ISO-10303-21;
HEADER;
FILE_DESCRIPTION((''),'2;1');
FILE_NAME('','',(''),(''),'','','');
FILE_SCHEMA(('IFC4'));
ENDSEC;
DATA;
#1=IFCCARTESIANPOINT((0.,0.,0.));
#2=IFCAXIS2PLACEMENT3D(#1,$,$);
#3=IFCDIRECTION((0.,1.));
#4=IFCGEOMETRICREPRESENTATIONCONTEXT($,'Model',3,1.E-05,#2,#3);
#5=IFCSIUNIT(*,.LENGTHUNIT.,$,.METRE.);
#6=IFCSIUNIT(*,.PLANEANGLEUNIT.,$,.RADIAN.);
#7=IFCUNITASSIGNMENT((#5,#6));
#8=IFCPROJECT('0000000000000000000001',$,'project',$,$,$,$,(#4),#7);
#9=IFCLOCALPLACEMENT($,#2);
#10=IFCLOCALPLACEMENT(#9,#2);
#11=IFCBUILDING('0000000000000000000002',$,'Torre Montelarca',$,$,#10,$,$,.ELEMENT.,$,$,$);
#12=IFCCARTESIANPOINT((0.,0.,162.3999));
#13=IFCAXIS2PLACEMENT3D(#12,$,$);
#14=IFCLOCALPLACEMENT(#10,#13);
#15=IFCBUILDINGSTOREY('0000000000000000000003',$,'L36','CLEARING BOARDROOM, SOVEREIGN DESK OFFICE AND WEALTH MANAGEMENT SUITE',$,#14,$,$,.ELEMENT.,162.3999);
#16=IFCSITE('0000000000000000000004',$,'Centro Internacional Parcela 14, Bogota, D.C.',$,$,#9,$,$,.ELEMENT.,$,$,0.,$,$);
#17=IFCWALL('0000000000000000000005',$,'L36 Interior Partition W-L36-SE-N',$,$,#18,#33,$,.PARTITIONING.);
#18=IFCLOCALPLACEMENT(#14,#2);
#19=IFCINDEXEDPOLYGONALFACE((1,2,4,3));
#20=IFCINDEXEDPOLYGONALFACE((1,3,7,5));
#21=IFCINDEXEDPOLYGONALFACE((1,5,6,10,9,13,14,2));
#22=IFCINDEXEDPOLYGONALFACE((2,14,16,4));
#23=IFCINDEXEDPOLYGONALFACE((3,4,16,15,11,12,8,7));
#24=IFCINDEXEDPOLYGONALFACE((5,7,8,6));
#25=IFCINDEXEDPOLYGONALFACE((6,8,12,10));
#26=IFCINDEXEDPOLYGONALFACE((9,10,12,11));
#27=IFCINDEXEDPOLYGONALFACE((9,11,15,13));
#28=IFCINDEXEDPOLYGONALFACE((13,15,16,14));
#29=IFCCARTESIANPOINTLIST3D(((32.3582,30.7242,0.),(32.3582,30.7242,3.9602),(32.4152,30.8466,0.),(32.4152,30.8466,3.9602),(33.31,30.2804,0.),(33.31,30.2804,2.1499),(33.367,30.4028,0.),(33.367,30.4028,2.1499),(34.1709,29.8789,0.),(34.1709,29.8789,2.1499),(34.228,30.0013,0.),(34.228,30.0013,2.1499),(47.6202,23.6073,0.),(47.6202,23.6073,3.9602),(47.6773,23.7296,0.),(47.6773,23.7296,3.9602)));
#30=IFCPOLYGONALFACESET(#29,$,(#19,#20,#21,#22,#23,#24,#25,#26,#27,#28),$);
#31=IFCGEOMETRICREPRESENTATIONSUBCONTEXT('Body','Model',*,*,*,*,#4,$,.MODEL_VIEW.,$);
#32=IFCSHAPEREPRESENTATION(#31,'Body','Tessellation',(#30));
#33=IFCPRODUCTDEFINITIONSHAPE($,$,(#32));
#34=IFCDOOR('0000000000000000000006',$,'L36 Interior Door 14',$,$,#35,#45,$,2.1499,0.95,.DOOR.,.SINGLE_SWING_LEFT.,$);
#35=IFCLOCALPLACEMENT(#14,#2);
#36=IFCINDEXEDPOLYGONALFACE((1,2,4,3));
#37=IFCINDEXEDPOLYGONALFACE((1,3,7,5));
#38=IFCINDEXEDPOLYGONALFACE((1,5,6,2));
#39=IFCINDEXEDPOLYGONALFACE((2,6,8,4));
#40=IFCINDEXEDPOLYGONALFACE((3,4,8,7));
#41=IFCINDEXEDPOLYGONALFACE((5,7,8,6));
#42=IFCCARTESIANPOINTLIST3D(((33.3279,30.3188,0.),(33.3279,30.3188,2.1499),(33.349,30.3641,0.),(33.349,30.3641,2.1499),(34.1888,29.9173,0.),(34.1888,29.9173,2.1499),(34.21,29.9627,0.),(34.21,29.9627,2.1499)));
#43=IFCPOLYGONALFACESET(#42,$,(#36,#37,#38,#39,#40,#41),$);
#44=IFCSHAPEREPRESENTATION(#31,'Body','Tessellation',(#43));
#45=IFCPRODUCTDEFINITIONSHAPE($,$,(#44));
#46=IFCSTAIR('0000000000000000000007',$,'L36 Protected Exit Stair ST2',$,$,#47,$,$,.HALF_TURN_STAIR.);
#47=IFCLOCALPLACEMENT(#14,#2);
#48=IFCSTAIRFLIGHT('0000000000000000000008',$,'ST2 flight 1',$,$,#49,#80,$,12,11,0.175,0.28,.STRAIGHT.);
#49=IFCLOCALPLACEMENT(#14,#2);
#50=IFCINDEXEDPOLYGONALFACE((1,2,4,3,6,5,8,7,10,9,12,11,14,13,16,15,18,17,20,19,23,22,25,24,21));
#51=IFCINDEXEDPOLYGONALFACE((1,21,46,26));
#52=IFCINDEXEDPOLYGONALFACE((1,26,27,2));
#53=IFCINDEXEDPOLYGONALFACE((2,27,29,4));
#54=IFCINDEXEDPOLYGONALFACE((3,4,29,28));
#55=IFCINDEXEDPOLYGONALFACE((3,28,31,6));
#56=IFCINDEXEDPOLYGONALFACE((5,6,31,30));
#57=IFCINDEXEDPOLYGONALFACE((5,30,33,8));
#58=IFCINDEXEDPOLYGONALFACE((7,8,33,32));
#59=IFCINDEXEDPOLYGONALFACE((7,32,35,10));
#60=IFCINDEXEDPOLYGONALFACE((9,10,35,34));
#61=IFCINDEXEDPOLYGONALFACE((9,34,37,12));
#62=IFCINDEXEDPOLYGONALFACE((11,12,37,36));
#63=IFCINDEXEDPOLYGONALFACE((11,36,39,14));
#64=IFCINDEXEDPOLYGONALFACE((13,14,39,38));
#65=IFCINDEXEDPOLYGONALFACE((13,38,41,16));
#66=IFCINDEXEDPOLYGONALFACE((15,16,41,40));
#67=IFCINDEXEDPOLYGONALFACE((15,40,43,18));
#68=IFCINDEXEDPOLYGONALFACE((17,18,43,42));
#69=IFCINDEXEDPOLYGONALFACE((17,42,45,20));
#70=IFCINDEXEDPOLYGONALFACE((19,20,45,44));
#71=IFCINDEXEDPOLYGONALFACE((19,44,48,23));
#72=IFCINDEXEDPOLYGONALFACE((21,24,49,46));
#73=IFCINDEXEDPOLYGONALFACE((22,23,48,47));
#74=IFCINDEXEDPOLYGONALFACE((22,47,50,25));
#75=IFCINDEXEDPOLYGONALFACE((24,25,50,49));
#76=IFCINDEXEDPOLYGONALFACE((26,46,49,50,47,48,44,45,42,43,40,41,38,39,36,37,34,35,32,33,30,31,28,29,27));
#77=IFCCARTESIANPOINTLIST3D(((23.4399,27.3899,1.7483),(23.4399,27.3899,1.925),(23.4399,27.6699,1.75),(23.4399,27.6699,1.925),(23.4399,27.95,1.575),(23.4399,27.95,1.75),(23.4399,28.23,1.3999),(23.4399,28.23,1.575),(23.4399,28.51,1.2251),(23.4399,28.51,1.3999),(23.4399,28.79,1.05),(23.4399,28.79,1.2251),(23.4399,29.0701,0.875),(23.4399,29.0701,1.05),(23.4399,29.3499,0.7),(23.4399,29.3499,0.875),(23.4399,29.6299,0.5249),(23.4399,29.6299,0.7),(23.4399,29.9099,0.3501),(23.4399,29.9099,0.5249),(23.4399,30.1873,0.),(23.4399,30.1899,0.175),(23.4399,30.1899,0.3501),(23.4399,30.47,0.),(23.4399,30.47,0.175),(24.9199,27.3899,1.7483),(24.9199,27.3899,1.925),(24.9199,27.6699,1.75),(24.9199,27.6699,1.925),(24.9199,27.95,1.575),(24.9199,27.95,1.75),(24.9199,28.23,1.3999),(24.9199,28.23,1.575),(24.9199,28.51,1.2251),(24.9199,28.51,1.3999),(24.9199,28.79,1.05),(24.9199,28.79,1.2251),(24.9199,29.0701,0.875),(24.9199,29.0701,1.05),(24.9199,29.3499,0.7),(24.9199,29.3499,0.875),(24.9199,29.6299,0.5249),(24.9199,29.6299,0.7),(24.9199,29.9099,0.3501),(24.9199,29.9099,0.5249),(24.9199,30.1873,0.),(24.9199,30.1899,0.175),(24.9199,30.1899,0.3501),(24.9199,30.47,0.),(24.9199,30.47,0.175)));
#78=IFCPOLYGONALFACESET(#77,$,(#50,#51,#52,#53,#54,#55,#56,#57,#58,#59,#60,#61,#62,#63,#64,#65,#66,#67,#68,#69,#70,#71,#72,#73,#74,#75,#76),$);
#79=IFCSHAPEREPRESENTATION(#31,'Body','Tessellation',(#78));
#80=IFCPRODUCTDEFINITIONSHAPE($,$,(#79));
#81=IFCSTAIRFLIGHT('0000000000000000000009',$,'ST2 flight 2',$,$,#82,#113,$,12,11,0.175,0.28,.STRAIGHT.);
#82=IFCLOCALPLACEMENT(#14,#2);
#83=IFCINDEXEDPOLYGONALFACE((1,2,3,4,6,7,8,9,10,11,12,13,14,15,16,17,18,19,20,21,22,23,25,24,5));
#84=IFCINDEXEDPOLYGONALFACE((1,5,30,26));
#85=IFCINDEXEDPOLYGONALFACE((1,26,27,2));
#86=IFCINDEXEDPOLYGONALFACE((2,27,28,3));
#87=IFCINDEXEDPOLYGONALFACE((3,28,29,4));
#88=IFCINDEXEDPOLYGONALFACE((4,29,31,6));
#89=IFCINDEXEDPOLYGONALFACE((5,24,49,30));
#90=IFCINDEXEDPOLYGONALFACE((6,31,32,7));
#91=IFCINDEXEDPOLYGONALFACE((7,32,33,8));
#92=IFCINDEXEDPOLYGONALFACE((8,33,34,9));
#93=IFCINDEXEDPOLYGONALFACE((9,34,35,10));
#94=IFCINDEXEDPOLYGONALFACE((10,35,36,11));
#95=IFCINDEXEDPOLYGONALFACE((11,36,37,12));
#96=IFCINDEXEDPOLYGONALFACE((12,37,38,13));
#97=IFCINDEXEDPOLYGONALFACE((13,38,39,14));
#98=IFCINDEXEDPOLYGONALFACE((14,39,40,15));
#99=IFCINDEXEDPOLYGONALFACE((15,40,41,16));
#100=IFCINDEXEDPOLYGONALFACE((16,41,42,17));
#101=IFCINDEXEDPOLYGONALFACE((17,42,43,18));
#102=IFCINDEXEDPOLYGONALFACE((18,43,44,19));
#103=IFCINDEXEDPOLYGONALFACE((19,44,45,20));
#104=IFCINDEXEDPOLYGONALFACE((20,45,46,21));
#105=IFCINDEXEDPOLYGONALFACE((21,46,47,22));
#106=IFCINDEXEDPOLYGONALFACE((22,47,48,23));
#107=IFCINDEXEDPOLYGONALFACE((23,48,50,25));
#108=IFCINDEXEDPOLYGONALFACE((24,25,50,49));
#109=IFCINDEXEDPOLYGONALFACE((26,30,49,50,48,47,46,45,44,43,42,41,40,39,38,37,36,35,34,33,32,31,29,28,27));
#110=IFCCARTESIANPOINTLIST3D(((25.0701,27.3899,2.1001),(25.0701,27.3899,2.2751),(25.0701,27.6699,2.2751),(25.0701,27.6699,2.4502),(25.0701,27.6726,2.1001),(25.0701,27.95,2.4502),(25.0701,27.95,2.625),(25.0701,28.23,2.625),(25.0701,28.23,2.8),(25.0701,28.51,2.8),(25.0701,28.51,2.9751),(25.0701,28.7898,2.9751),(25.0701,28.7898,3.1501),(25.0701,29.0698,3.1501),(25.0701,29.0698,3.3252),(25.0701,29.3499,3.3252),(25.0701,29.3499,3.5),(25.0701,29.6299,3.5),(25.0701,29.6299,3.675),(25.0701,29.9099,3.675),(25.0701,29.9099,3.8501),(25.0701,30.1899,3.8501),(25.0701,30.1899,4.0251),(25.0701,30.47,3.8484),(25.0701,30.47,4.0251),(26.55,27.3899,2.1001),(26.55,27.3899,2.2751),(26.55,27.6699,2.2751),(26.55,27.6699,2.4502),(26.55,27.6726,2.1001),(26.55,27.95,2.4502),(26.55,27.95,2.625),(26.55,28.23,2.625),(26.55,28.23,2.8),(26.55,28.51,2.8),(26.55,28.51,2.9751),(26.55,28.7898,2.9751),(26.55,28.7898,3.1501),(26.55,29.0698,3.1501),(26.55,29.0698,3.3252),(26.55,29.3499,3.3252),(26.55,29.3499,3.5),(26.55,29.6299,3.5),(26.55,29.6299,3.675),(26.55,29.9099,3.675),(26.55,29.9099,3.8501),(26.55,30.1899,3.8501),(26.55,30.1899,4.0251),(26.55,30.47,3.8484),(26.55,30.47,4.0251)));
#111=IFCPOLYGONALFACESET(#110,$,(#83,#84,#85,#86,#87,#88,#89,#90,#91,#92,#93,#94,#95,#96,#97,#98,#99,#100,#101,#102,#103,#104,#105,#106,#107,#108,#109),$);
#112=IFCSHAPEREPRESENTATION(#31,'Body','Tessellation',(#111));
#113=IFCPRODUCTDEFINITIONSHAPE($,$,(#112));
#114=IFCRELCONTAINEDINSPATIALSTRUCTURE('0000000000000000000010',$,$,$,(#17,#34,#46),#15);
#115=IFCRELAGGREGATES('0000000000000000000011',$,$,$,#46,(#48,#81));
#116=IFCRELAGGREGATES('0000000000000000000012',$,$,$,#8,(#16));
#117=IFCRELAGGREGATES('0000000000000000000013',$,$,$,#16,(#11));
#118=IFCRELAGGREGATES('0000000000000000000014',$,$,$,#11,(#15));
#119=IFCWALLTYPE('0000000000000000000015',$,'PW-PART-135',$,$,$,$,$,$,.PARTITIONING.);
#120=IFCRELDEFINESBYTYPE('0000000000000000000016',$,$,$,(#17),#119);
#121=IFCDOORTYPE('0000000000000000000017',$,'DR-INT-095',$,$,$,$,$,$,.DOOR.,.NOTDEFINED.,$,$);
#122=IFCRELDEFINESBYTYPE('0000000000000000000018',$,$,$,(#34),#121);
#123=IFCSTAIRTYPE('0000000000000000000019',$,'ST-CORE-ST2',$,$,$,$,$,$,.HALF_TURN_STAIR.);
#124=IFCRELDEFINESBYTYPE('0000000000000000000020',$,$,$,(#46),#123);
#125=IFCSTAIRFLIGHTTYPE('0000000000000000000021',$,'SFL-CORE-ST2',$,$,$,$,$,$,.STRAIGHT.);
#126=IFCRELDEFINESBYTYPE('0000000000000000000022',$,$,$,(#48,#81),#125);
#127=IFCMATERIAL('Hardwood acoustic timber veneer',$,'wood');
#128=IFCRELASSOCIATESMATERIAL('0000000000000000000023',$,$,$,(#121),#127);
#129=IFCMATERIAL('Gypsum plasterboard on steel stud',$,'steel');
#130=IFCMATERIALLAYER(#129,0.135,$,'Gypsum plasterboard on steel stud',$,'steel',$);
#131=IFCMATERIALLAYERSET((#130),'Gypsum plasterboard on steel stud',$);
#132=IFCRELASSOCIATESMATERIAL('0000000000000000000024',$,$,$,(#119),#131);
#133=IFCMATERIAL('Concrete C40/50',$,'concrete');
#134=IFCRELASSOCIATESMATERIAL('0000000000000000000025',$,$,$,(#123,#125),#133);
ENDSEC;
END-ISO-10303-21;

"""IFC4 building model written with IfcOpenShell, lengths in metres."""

from ifc_helpers import new_model, si_unit, direction, frame, frame_2d, origin, place, context, subcontext, project, spatial, polyline, rectangle, outline, extrude, source, transform, mapped, material, layer, layer_set, type_object, element, fill, aggregate, save


model = new_model("IFC4")

# Units and contexts
model_context = context("Model", 3, precision=1e-05, world=origin(), true_north=direction((0.0, 1.0)))
body_context = subcontext(model_context, "Body", "Model", "MODEL_VIEW")
ifc_project = project(units=[si_unit("LENGTHUNIT", "METRE"), si_unit("PLANEANGLEUNIT", "RADIAN")], contexts=[model_context])

# Site, building, storey
site_placement = place(None, origin())
site = spatial("IfcSite", under=ifc_project, at=site_placement, Name="Centro Internacional Parcela 14, Bogota, D.C.", CompositionType="ELEMENT", RefElevation=0.0)
building_placement = place(site_placement, origin())
building = spatial("IfcBuilding", under=site, at=building_placement, Name="Torre Montelarca", CompositionType="ELEMENT")
storey_placement = place(building_placement, frame((0.0, 0.0, 162.3999)))
storey = spatial("IfcBuildingStorey", under=building, at=storey_placement, Name="L36", Description="CLEARING BOARDROOM, SOVEREIGN DESK OFFICE AND WEALTH MANAGEMENT SUITE", CompositionType="ELEMENT", Elevation=162.3999)

# Shared definitions
ifc_material_1 = material(Name="Concrete C40/50", Category="concrete")

# Shared definitions
ifc_material_2 = material(Name="Gypsum plasterboard on steel stud", Category="steel")

# Shared definitions
ifc_material_3 = material(Name="Hardwood acoustic timber veneer", Category="wood")
door_type_1 = type_object("IfcDoorType", Name="DR-INT-095", OperationType="NOTDEFINED", PredefinedType="DOOR", material=ifc_material_3)
shared_shape_1 = source(origin(), body_context, "Body", "SweptSolid", [
    extrude(rectangle(XDim=0.95, YDim=2.1499, at=frame_2d((0.4751, 1.075))), frame((0.0, 0.0249, 0.0), z_axis=(0.0, -1.0, 0.0), x_axis=(1.0, 0.0, 0.0)), (0.0, 0.0, 1.0), 0.05),
])

# Wall, opening, door
ifc_layer_1 = layer(ifc_material_2, 0.135, Name="Gypsum plasterboard on steel stud", Category="steel")
ifc_layer_set_1 = layer_set([ifc_layer_1], Name="Gypsum plasterboard on steel stud")
wall_type_1 = type_object("IfcWallType", Name="PW-PART-135", PredefinedType="PARTITIONING", material=ifc_layer_set_1)
wall_1_placement = place(storey_placement, frame((32.3867, 30.7854, 0.0), z_axis=(0.0, 0.0, 1.0), x_axis=(0.906304, -0.422627, 0.0)))
wall_1 = element("IfcWall", 1, at=wall_1_placement, inside=storey, type_object=wall_type_1, Name="L36 Interior Partition W-L36-SE-N", PredefinedType="PARTITIONING", context=body_context, shape_type="SweptSolid", body=[
    extrude(rectangle(XDim=16.8398, YDim=0.135, at=frame_2d((8.4199, 0.0))), origin(), (0.0, 0.0, 1.0), 3.9602),
])
opening_1_placement = place(wall_1_placement, frame((1.05, 0.0, 0.0)))
opening_1 = element("IfcOpeningElement", 2, at=opening_1_placement, cuts=wall_1, PredefinedType="OPENING", context=body_context, shape_type="SweptSolid", body=[
    extrude(rectangle(XDim=0.95, YDim=2.1499, at=frame_2d((0.4751, 1.075))), frame((0.0, 0.0776, 0.0), z_axis=(0.0, -1.0, 0.0), x_axis=(1.0, 0.0, 0.0)), (0.0, 0.0, 1.0), 0.155),
])
door_1_placement = place(opening_1_placement, origin())
door_1 = element("IfcDoor", 3, at=door_1_placement, inside=storey, type_object=door_type_1, Name="L36 Interior Door 14", OperationType="SINGLE_SWING_LEFT", OverallHeight=2.1499, OverallWidth=0.95, PredefinedType="DOOR", context=body_context, shape_type="MappedRepresentation", body=[
    mapped(shared_shape_1, transform((0.0, 0.0, 0.0), scale=1.0)),
])
fill(opening_1, door_1)

# Stair, stair flights
stair_type = type_object("IfcStairType", Name="ST-CORE-ST2", PredefinedType="HALF_TURN_STAIR", material=ifc_material_1)
stair_placement = place(storey_placement, origin())
stair = element("IfcStair", 4, at=stair_placement, inside=storey, type_object=stair_type, Name="L36 Protected Exit Stair ST2", PredefinedType="HALF_TURN_STAIR")
stair_flight_type = type_object("IfcStairFlightType", Name="SFL-CORE-ST2", PredefinedType="STRAIGHT", material=ifc_material_1)
stair_flight_1_placement = place(storey_placement, frame((24.1799, 30.47, 0.0), z_axis=(0.0, 0.0, 1.0), x_axis=(0.0, -1.0, 0.0)))
stair_flight_1 = element("IfcStairFlight", 5, at=stair_flight_1_placement, type_object=stair_flight_type, Name="ST2 flight 1", NumberOfRisers=12, NumberOfTreads=11, PredefinedType="STRAIGHT", RiserHeight=0.175, TreadLength=0.28, context=body_context, shape_type="SweptSolid", body=[
    extrude(outline(polyline([(0.0, 0.0), (0.0, 0.175), (0.28, 0.175), (0.28, 0.3501), (0.5601, 0.3501), (0.5601, 0.5249), (0.8401, 0.5249), (0.8401, 0.7), (1.1201, 0.7), (1.1201, 0.875), (1.3999, 0.875), (1.3999, 1.05), (1.6799, 1.05), (1.6799, 1.2251), (1.96, 1.2251), (1.96, 1.3999), (2.24, 1.3999), (2.24, 1.575), (2.52, 1.575), (2.52, 1.75), (2.8, 1.75), (2.8, 1.925), (3.0801, 1.925), (3.0801, 2.1001), (3.0801, 1.7483), (0.2827, 0.0), (0.0, 0.0)])), frame((0.0, 0.74, 0.0), z_axis=(0.0, -1.0, 0.0), x_axis=(1.0, 0.0, 0.0)), (0.0, 0.0, 1.0), 1.48),
])
stair_flight_2_placement = place(storey_placement, frame((25.8101, 27.3899, 2.1001), z_axis=(0.0, 0.0, 1.0), x_axis=(0.0, 1.0, 0.0)))
stair_flight_2 = element("IfcStairFlight", 6, at=stair_flight_2_placement, type_object=stair_flight_type, Name="ST2 flight 2", NumberOfRisers=12, NumberOfTreads=11, PredefinedType="STRAIGHT", RiserHeight=0.175, TreadLength=0.28, context=body_context, shape_type="SweptSolid", body=[
    extrude(outline(polyline([(0.0, 0.0), (0.0, 0.175), (0.28, 0.175), (0.28, 0.3501), (0.5601, 0.3501), (0.5601, 0.5249), (0.8401, 0.5249), (0.8401, 0.7), (1.1201, 0.7), (1.1201, 0.875), (1.3999, 0.875), (1.3999, 1.05), (1.6799, 1.05), (1.6799, 1.2251), (1.96, 1.2251), (1.96, 1.3999), (2.24, 1.3999), (2.24, 1.575), (2.52, 1.575), (2.52, 1.75), (2.8, 1.75), (2.8, 1.925), (3.0801, 1.925), (3.0801, 2.1001), (3.0801, 1.7483), (0.2827, 0.0), (0.0, 0.0)])), frame((0.0, 0.74, 0.0), z_axis=(0.0, -1.0, 0.0), x_axis=(1.0, 0.0, 0.0)), (0.0, 0.0, 1.0), 1.48),
])
aggregate(stair, [stair_flight_1, stair_flight_2])

save(model, "model.ifc")
